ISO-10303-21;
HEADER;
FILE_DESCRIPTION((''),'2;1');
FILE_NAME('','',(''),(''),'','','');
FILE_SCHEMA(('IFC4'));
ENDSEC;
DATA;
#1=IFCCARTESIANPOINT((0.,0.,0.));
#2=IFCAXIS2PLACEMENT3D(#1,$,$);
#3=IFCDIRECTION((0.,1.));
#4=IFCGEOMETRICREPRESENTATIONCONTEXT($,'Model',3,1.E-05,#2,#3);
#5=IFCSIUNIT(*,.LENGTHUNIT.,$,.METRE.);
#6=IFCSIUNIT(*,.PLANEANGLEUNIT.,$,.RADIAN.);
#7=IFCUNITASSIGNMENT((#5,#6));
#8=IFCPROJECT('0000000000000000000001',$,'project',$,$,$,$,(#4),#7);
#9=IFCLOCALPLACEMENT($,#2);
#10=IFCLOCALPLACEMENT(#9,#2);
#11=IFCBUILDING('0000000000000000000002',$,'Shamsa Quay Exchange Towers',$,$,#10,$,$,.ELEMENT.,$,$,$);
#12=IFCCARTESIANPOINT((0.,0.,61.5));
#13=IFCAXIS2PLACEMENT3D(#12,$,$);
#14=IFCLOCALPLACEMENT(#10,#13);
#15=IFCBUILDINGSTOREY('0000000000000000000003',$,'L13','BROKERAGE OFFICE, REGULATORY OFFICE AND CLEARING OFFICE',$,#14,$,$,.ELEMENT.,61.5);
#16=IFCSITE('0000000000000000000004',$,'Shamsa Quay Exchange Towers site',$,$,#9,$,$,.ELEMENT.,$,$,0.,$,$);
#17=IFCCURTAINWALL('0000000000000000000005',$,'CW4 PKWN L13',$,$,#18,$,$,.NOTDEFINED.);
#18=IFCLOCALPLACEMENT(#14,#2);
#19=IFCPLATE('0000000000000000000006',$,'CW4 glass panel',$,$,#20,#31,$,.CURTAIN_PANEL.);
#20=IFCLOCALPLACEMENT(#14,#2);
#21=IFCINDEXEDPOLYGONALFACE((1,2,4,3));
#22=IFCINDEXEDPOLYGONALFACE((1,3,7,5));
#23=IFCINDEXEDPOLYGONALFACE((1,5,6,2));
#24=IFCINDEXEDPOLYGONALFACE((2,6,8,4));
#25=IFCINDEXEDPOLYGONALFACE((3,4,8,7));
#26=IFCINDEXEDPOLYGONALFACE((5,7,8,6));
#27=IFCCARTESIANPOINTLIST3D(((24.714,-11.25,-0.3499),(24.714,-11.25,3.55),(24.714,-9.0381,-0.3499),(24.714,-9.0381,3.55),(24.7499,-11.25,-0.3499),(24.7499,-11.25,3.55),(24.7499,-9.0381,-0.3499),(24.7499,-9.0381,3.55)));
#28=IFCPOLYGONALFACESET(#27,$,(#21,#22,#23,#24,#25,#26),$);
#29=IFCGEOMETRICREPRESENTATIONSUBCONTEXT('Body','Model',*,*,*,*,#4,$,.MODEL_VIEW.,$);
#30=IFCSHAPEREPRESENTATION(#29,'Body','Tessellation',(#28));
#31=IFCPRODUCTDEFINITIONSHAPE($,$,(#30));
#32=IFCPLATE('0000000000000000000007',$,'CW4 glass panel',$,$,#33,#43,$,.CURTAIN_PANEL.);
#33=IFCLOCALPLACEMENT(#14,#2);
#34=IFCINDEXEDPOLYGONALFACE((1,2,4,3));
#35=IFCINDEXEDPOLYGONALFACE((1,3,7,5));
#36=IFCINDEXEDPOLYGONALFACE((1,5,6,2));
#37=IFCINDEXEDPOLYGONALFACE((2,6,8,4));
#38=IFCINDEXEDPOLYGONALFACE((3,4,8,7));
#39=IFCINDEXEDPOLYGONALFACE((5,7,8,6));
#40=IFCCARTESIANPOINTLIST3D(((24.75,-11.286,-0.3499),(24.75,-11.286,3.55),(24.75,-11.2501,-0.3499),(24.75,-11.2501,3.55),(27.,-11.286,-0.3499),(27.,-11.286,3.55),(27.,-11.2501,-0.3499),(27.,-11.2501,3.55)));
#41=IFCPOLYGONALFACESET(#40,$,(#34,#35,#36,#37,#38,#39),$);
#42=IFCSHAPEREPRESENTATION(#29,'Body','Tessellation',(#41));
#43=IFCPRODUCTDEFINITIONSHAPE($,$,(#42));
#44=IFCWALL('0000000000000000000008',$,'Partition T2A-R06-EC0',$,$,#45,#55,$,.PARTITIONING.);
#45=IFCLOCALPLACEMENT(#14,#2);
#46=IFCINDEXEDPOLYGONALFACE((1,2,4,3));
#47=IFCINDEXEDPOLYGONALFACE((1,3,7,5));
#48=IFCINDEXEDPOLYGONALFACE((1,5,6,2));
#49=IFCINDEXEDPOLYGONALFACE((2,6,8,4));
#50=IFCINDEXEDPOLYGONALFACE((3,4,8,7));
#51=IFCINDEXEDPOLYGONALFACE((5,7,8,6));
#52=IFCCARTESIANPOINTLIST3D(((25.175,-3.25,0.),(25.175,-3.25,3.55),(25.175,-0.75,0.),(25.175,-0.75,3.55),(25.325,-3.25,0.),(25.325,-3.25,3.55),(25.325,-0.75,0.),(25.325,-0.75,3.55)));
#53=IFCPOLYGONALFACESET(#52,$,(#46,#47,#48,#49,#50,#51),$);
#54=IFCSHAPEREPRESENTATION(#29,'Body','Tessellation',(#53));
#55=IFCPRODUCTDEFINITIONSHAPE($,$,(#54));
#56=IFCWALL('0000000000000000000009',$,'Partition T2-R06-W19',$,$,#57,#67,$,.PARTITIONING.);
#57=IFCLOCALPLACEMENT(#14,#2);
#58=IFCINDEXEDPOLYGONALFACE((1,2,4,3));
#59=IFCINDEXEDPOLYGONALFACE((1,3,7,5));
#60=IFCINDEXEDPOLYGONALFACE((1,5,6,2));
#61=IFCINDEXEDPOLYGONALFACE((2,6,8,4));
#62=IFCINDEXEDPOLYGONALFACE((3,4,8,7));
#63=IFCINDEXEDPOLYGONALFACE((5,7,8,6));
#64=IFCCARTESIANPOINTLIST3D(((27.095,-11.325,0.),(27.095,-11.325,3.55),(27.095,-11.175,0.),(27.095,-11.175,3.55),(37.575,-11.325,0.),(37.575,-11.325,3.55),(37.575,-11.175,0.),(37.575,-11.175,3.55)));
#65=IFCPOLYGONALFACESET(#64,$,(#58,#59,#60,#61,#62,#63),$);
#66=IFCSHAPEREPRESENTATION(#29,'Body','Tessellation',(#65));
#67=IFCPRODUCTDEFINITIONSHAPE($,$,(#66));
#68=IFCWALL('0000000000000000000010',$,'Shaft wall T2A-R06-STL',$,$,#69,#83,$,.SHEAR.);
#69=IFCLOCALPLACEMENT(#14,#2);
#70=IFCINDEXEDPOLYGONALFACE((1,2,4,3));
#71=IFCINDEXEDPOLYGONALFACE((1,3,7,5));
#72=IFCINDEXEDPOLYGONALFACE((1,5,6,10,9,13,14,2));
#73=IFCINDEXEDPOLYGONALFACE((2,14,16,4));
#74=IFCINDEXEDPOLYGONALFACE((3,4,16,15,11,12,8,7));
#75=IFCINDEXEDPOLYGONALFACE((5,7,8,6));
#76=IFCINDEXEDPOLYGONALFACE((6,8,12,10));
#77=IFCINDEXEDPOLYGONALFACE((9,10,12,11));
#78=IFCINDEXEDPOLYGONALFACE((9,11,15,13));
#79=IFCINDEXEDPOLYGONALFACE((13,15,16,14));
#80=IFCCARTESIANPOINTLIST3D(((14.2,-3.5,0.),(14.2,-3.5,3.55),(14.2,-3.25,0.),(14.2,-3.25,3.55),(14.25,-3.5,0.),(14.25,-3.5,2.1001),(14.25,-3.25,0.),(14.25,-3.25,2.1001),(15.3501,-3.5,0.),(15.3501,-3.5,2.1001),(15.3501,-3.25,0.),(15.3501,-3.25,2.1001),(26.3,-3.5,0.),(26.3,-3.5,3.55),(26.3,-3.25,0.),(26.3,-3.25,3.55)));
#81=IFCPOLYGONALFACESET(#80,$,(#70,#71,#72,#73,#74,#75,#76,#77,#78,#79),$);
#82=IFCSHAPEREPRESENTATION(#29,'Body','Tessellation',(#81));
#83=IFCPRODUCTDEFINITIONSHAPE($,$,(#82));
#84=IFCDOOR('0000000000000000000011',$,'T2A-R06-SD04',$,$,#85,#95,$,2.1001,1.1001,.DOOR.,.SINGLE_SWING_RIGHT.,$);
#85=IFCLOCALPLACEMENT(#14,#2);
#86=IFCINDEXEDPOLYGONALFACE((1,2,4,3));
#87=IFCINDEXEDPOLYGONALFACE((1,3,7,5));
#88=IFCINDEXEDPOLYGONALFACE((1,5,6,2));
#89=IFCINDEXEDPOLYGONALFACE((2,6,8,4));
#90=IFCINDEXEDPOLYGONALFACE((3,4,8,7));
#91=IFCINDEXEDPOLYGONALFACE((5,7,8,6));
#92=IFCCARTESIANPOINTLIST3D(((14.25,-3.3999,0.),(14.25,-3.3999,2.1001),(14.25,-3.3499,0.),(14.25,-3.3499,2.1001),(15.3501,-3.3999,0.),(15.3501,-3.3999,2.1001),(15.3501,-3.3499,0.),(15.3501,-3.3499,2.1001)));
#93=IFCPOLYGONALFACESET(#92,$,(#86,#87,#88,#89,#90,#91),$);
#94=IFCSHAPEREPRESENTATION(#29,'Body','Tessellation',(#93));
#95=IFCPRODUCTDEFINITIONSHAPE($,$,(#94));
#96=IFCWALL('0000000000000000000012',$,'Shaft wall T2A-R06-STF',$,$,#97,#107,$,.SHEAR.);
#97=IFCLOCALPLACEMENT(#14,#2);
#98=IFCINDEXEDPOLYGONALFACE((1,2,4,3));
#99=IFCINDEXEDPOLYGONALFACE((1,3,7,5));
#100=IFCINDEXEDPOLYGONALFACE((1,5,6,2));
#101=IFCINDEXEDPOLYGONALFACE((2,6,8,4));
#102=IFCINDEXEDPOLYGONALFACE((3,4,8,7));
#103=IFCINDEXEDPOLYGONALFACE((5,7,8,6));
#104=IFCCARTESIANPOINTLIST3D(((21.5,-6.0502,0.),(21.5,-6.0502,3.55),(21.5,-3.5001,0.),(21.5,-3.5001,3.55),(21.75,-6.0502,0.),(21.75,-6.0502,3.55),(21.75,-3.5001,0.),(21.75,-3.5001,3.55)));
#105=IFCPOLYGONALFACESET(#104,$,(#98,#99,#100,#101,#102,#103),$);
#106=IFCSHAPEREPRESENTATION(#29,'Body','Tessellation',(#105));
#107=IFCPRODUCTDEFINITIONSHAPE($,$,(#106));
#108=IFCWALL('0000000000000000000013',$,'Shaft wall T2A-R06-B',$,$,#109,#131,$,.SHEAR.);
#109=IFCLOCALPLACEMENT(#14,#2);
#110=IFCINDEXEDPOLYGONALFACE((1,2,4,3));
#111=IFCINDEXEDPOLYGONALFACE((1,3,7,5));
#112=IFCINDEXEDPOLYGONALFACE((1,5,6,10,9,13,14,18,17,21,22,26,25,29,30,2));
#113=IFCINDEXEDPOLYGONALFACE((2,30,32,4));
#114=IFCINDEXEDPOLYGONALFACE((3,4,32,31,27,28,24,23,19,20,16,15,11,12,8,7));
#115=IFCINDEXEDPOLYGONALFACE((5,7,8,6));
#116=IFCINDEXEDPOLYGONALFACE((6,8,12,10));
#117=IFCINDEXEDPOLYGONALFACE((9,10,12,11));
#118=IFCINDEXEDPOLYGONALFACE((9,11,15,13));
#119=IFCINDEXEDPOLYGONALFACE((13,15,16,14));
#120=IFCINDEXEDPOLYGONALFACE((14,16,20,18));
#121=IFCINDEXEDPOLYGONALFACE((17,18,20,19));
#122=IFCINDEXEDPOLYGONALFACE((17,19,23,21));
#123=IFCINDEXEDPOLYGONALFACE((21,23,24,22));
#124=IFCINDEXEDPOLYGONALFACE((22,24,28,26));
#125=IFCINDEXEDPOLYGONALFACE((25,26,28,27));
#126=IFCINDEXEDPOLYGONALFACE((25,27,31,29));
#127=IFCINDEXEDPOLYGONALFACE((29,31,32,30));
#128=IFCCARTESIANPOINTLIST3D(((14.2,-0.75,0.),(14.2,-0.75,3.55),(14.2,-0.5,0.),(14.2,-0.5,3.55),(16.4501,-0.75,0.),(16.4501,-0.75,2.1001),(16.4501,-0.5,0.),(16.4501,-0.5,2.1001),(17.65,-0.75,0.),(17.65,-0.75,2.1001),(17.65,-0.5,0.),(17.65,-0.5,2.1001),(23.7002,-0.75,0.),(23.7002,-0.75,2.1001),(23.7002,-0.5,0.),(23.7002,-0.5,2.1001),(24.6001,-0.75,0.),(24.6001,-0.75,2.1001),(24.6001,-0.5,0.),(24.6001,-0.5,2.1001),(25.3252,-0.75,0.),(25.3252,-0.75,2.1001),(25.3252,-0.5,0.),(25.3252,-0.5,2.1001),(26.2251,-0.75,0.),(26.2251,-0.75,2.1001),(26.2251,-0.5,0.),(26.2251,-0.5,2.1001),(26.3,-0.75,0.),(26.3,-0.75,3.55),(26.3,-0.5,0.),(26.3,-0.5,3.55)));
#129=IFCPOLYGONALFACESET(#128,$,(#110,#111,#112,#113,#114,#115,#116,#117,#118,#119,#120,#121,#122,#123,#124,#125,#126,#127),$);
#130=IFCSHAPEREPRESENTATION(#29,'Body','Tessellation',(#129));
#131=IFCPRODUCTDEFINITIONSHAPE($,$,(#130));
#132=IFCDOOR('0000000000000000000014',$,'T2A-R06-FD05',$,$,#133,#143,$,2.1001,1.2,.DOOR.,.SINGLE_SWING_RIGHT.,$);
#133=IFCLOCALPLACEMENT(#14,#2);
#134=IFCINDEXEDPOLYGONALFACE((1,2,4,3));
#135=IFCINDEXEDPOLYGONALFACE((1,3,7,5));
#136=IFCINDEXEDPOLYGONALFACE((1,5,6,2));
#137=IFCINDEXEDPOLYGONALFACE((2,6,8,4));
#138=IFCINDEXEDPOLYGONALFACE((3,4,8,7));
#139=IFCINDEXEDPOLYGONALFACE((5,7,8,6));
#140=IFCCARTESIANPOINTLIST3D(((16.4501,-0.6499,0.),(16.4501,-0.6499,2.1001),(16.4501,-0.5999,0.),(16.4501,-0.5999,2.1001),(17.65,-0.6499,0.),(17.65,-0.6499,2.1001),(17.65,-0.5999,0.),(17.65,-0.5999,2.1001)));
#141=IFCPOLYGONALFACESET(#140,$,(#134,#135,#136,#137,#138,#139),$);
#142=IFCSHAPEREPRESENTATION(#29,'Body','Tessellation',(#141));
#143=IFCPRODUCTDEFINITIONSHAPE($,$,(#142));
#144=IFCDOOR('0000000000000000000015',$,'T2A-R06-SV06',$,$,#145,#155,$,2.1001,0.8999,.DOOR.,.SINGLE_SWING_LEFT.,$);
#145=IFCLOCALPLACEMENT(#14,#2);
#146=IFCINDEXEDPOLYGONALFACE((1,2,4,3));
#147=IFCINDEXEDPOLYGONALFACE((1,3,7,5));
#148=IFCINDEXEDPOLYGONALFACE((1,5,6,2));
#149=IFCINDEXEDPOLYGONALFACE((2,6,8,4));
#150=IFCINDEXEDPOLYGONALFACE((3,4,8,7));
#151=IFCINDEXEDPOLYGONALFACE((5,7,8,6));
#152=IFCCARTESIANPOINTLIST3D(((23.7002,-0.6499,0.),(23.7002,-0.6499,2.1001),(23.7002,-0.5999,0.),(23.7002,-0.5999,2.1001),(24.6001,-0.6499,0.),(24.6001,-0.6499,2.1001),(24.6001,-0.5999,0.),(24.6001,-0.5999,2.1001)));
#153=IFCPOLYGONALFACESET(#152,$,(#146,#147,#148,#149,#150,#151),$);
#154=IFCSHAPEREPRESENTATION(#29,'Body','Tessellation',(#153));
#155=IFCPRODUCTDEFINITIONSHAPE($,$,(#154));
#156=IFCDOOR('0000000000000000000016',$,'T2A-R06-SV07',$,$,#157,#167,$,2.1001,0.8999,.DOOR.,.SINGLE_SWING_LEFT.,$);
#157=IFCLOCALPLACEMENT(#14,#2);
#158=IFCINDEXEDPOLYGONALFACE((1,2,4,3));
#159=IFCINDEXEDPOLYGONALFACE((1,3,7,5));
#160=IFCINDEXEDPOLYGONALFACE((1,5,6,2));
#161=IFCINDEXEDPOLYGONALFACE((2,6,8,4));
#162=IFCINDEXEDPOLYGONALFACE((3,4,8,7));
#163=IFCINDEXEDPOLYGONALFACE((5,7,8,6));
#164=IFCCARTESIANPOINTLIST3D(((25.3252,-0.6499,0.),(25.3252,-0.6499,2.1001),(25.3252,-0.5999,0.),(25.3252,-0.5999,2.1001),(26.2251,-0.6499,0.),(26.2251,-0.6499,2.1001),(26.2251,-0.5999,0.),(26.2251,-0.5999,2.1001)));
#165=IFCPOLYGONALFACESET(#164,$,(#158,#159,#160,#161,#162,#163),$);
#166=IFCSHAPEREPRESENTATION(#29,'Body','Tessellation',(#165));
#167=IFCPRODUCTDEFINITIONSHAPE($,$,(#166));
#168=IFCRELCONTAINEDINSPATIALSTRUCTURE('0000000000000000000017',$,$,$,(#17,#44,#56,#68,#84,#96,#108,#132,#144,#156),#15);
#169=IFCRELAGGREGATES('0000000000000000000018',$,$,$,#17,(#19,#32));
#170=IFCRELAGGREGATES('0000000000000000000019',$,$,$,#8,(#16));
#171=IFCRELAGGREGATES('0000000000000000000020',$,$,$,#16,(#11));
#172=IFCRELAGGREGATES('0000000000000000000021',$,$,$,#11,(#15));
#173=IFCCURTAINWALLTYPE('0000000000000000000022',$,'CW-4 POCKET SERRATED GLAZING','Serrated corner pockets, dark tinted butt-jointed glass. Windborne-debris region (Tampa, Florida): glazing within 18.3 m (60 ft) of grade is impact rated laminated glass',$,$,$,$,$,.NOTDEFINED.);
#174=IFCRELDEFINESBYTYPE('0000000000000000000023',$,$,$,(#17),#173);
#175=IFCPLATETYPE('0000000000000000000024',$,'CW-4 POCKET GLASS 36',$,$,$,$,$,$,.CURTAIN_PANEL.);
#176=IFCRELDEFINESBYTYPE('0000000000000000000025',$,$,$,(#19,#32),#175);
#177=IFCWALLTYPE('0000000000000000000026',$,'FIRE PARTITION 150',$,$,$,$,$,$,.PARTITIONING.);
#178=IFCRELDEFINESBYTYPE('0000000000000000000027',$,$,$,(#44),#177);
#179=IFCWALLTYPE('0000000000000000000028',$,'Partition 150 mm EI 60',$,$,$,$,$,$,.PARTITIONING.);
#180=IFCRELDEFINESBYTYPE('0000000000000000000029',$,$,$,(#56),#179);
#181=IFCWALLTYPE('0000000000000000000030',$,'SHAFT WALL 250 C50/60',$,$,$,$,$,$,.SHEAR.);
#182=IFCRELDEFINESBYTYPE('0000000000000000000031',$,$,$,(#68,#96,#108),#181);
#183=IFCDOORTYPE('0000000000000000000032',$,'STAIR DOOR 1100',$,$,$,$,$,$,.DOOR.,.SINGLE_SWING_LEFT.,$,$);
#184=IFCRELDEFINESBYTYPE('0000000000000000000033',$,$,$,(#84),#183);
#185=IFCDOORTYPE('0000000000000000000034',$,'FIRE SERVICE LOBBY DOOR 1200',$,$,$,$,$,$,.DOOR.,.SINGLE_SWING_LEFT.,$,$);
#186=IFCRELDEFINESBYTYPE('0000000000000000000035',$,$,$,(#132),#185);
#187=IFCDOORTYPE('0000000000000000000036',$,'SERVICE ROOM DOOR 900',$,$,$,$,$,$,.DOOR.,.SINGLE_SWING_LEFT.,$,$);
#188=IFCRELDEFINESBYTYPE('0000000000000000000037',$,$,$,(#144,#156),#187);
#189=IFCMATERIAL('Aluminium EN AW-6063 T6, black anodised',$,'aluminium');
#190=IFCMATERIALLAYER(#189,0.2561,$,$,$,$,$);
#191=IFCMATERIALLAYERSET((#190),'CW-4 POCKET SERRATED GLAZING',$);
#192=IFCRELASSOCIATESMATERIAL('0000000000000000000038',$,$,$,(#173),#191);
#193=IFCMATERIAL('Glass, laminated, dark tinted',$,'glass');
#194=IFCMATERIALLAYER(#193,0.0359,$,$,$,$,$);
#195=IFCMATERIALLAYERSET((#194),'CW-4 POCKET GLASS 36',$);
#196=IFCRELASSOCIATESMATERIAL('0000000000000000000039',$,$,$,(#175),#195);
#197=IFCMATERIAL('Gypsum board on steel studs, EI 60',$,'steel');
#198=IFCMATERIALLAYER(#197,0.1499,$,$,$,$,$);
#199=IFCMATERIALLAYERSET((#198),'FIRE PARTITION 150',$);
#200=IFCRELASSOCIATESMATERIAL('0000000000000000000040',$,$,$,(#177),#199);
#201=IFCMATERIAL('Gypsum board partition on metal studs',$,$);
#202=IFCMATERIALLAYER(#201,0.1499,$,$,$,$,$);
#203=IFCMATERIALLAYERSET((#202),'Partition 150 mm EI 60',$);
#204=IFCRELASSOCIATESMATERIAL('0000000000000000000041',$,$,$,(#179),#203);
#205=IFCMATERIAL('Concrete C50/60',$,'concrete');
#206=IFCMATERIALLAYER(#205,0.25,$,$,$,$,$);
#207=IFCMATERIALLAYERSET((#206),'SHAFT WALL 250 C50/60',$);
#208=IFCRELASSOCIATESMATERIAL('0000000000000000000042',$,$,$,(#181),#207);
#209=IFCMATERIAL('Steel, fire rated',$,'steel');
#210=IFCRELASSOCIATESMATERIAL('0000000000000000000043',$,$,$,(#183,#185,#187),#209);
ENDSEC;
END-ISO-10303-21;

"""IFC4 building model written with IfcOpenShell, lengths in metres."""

from ifc_helpers import new_model, si_unit, direction, frame, frame_2d, origin, origin_2d, place, context, subcontext, project, spatial, rectangle, extrude, material, layer, layer_set, type_object, element, fill, aggregate, save


model = new_model("IFC4")

# Units and contexts
model_context = context("Model", 3, precision=1e-05, world=origin(), true_north=direction((0.0, 1.0)))
body_context = subcontext(model_context, "Body", "Model", "MODEL_VIEW")
ifc_project = project(units=[si_unit("LENGTHUNIT", "METRE"), si_unit("PLANEANGLEUNIT", "RADIAN")], contexts=[model_context])

# Site, building, storey
site_placement = place(None, origin())
site = spatial("IfcSite", under=ifc_project, at=site_placement, Name="Shamsa Quay Exchange Towers site", CompositionType="ELEMENT", RefElevation=0.0)
building_placement = place(site_placement, origin())
building = spatial("IfcBuilding", under=site, at=building_placement, Name="Shamsa Quay Exchange Towers", CompositionType="ELEMENT")
storey_placement = place(building_placement, frame((0.0, 0.0, 61.5)))
storey = spatial("IfcBuildingStorey", under=building, at=storey_placement, Name="L13", Description="BROKERAGE OFFICE, REGULATORY OFFICE AND CLEARING OFFICE", CompositionType="ELEMENT", Elevation=61.5)

# Shared definitions
ifc_material_1 = material(Name="Aluminium EN AW-6063 T6, black anodised", Category="aluminium")

# Shared definitions
ifc_material_2 = material(Name="Glass, laminated, dark tinted", Category="glass")

# Curtain wall, plates
ifc_layer_1 = layer(ifc_material_1, 0.2561)
ifc_layer_set_1 = layer_set([ifc_layer_1], Name="CW-4 POCKET SERRATED GLAZING")
curtain_wall_type_1 = type_object("IfcCurtainWallType", Name="CW-4 POCKET SERRATED GLAZING", Description="Serrated corner pockets, dark tinted butt-jointed glass. Windborne-debris region (Tampa, Florida): glazing within 18.3 m (60 ft) of grade is impact rated laminated glass", PredefinedType="NOTDEFINED", material=ifc_layer_set_1)
curtain_wall_1_placement = place(storey_placement, origin())
curtain_wall_1 = element("IfcCurtainWall", 1, at=curtain_wall_1_placement, inside=storey, type_object=curtain_wall_type_1, Name="CW4 PKWN L13", PredefinedType="NOTDEFINED")
ifc_layer_2 = layer(ifc_material_2, 0.0359)
ifc_layer_set_2 = layer_set([ifc_layer_2], Name="CW-4 POCKET GLASS 36")
plate_type_1 = type_object("IfcPlateType", Name="CW-4 POCKET GLASS 36", PredefinedType="CURTAIN_PANEL", material=ifc_layer_set_2)
plate_1_placement = place(storey_placement, frame((24.7319, -10.144, -0.3499), z_axis=(0.0, 0.0, 1.0), x_axis=(0.0, -1.0, 0.0)))
plate_1 = element("IfcPlate", 2, at=plate_1_placement, type_object=plate_type_1, Name="CW4 glass panel", PredefinedType="CURTAIN_PANEL", context=body_context, shape_type="SweptSolid", body=[
    extrude(rectangle(XDim=2.2119, YDim=0.0359, at=origin_2d()), origin(), (0.0, 0.0, 1.0), 3.8999),
])
plate_2_placement = place(storey_placement, frame((25.875, -11.2681, -0.3499)))
plate_2 = element("IfcPlate", 3, at=plate_2_placement, type_object=plate_type_1, Name="CW4 glass panel", PredefinedType="CURTAIN_PANEL", context=body_context, shape_type="SweptSolid", body=[
    extrude(rectangle(XDim=2.25, YDim=0.0359, at=origin_2d()), origin(), (0.0, 0.0, 1.0), 3.8999),
])
aggregate(curtain_wall_1, [plate_1, plate_2])

# Walls
ifc_material_3 = material(Name="Gypsum board on steel studs, EI 60", Category="steel")
ifc_layer_3 = layer(ifc_material_3, 0.1499)
ifc_layer_set_3 = layer_set([ifc_layer_3], Name="FIRE PARTITION 150")
wall_type_1 = type_object("IfcWallType", Name="FIRE PARTITION 150", PredefinedType="PARTITIONING", material=ifc_layer_set_3)
wall_1_placement = place(storey_placement, frame((25.25, -3.25, 0.0), z_axis=(0.0, 0.0, 1.0), x_axis=(0.0, 1.0, 0.0)))
element("IfcWall", 4, at=wall_1_placement, inside=storey, type_object=wall_type_1, Name="Partition T2A-R06-EC0", PredefinedType="PARTITIONING", context=body_context, shape_type="SweptSolid", body=[
    extrude(rectangle(XDim=2.5, YDim=0.1499, at=frame_2d((1.25, 0.0))), origin(), (0.0, 0.0, 1.0), 3.55),
])
ifc_material_4 = material(Name="Gypsum board partition on metal studs")
ifc_layer_4 = layer(ifc_material_4, 0.1499)
ifc_layer_set_4 = layer_set([ifc_layer_4], Name="Partition 150 mm EI 60")
wall_type_2 = type_object("IfcWallType", Name="Partition 150 mm EI 60", PredefinedType="PARTITIONING", material=ifc_layer_set_4)
wall_2_placement = place(storey_placement, frame((27.095, -11.25, 0.0)))
element("IfcWall", 5, at=wall_2_placement, inside=storey, type_object=wall_type_2, Name="Partition T2-R06-W19", PredefinedType="PARTITIONING", context=body_context, shape_type="SweptSolid", body=[
    extrude(rectangle(XDim=10.48, YDim=0.1499, at=frame_2d((5.24, 0.0))), origin(), (0.0, 0.0, 1.0), 3.55),
])

# Wall, opening, door
ifc_material_5 = material(Name="Concrete C50/60", Category="concrete")
ifc_layer_5 = layer(ifc_material_5, 0.25)
ifc_layer_set_5 = layer_set([ifc_layer_5], Name="SHAFT WALL 250 C50/60")
wall_type_3 = type_object("IfcWallType", Name="SHAFT WALL 250 C50/60", PredefinedType="SHEAR", material=ifc_layer_set_5)
wall_3_placement = place(storey_placement, frame((26.3, -3.375, 0.0), z_axis=(0.0, 0.0, 1.0), x_axis=(-1.0, 0.0, 0.0)))
wall_3 = element("IfcWall", 6, at=wall_3_placement, inside=storey, type_object=wall_type_3, Name="Shaft wall T2A-R06-STL", PredefinedType="SHEAR", context=body_context, shape_type="SweptSolid", body=[
    extrude(rectangle(XDim=12.1001, YDim=0.25, at=frame_2d((6.05, 0.0))), origin(), (0.0, 0.0, 1.0), 3.55),
])
opening_1_placement = place(wall_3_placement, frame((10.95, 0.0, 0.0)))
opening_1 = element("IfcOpeningElement", 7, at=opening_1_placement, cuts=wall_3, PredefinedType="OPENING", context=body_context, shape_type="SweptSolid", body=[
    extrude(rectangle(XDim=1.1001, YDim=2.1001, at=frame_2d((0.55, 1.05))), frame((0.0, 0.135, 0.0), z_axis=(0.0, -1.0, 0.0), x_axis=(1.0, 0.0, 0.0)), (0.0, 0.0, 1.0), 0.27),
])
ifc_material_6 = material(Name="Steel, fire rated", Category="steel")
door_type_1 = type_object("IfcDoorType", Name="STAIR DOOR 1100", OperationType="SINGLE_SWING_LEFT", PredefinedType="DOOR", material=ifc_material_6)
door_1_placement = place(opening_1_placement, origin())
door_1 = element("IfcDoor", 8, at=door_1_placement, inside=storey, type_object=door_type_1, Name="T2A-R06-SD04", OperationType="SINGLE_SWING_RIGHT", OverallHeight=2.1001, OverallWidth=1.1001, PredefinedType="DOOR", context=body_context, shape_type="SweptSolid", body=[
    extrude(rectangle(XDim=1.1001, YDim=2.1001, at=frame_2d((0.55, 1.05))), frame((0.0, 0.0249, 0.0), z_axis=(0.0, -1.0, 0.0), x_axis=(1.0, 0.0, 0.0)), (0.0, 0.0, 1.0), 0.05),
])
fill(opening_1, door_1)

# Wall
wall_4_placement = place(storey_placement, frame((21.625, -6.05, 0.0), z_axis=(0.0, 0.0, 1.0), x_axis=(0.0, 1.0, 0.0)))
element("IfcWall", 9, at=wall_4_placement, inside=storey, type_object=wall_type_3, Name="Shaft wall T2A-R06-STF", PredefinedType="SHEAR", context=body_context, shape_type="SweptSolid", body=[
    extrude(rectangle(XDim=2.55, YDim=0.25, at=frame_2d((1.2749, 0.0))), origin(), (0.0, 0.0, 1.0), 3.55),
])

# Wall, openings, doors
wall_5_placement = place(storey_placement, frame((26.3, -0.625, 0.0), z_axis=(0.0, 0.0, 1.0), x_axis=(-1.0, 0.0, 0.0)))
wall_5 = element("IfcWall", 10, at=wall_5_placement, inside=storey, type_object=wall_type_3, Name="Shaft wall T2A-R06-B", PredefinedType="SHEAR", context=body_context, shape_type="SweptSolid", body=[
    extrude(rectangle(XDim=12.1001, YDim=0.25, at=frame_2d((6.05, 0.0))), origin(), (0.0, 0.0, 1.0), 3.55),
])
opening_2_placement = place(wall_5_placement, frame((8.6499, 0.0, 0.0)))
opening_2 = element("IfcOpeningElement", 11, at=opening_2_placement, cuts=wall_5, PredefinedType="OPENING", context=body_context, shape_type="SweptSolid", body=[
    extrude(rectangle(XDim=1.2, YDim=2.1001, at=frame_2d((0.6001, 1.05))), frame((0.0, 0.135, 0.0), z_axis=(0.0, -1.0, 0.0), x_axis=(1.0, 0.0, 0.0)), (0.0, 0.0, 1.0), 0.27),
])
opening_3_placement = place(wall_5_placement, frame((1.7, 0.0, 0.0)))
opening_3 = element("IfcOpeningElement", 12, at=opening_3_placement, cuts=wall_5, PredefinedType="OPENING", context=body_context, shape_type="SweptSolid", body=[
    extrude(rectangle(XDim=0.8999, YDim=2.1001, at=frame_2d((0.45, 1.05))), frame((0.0, 0.135, 0.0), z_axis=(0.0, -1.0, 0.0), x_axis=(1.0, 0.0, 0.0)), (0.0, 0.0, 1.0), 0.27),
])
opening_4_placement = place(wall_5_placement, frame((0.075, 0.0, 0.0)))
opening_4 = element("IfcOpeningElement", 13, at=opening_4_placement, cuts=wall_5, PredefinedType="OPENING", context=body_context, shape_type="SweptSolid", body=[
    extrude(rectangle(XDim=0.8999, YDim=2.1001, at=frame_2d((0.45, 1.05))), frame((0.0, 0.135, 0.0), z_axis=(0.0, -1.0, 0.0), x_axis=(1.0, 0.0, 0.0)), (0.0, 0.0, 1.0), 0.27),
])
door_type_2 = type_object("IfcDoorType", Name="FIRE SERVICE LOBBY DOOR 1200", OperationType="SINGLE_SWING_LEFT", PredefinedType="DOOR", material=ifc_material_6)
door_2_placement = place(opening_2_placement, origin())
door_2 = element("IfcDoor", 14, at=door_2_placement, inside=storey, type_object=door_type_2, Name="T2A-R06-FD05", OperationType="SINGLE_SWING_RIGHT", OverallHeight=2.1001, OverallWidth=1.2, PredefinedType="DOOR", context=body_context, shape_type="SweptSolid", body=[
    extrude(rectangle(XDim=1.2, YDim=2.1001, at=frame_2d((0.6001, 1.05))), frame((0.0, 0.0249, 0.0), z_axis=(0.0, -1.0, 0.0), x_axis=(1.0, 0.0, 0.0)), (0.0, 0.0, 1.0), 0.05),
])
fill(opening_2, door_2)
door_type_3 = type_object("IfcDoorType", Name="SERVICE ROOM DOOR 900", OperationType="SINGLE_SWING_LEFT", PredefinedType="DOOR", material=ifc_material_6)
door_3_placement = place(opening_3_placement, origin())
door_3 = element("IfcDoor", 15, at=door_3_placement, inside=storey, type_object=door_type_3, Name="T2A-R06-SV06", OperationType="SINGLE_SWING_LEFT", OverallHeight=2.1001, OverallWidth=0.8999, PredefinedType="DOOR", context=body_context, shape_type="SweptSolid", body=[
    extrude(rectangle(XDim=0.8999, YDim=2.1001, at=frame_2d((0.45, 1.05))), frame((0.0, 0.0249, 0.0), z_axis=(0.0, -1.0, 0.0), x_axis=(1.0, 0.0, 0.0)), (0.0, 0.0, 1.0), 0.05),
])
fill(opening_3, door_3)
door_4_placement = place(opening_4_placement, origin())
door_4 = element("IfcDoor", 16, at=door_4_placement, inside=storey, type_object=door_type_3, Name="T2A-R06-SV07", OperationType="SINGLE_SWING_LEFT", OverallHeight=2.1001, OverallWidth=0.8999, PredefinedType="DOOR", context=body_context, shape_type="SweptSolid", body=[
    extrude(rectangle(XDim=0.8999, YDim=2.1001, at=frame_2d((0.45, 1.05))), frame((0.0, 0.0249, 0.0), z_axis=(0.0, -1.0, 0.0), x_axis=(1.0, 0.0, 0.0)), (0.0, 0.0, 1.0), 0.05),
])
fill(opening_4, door_4)

save(model, "model.ifc")
